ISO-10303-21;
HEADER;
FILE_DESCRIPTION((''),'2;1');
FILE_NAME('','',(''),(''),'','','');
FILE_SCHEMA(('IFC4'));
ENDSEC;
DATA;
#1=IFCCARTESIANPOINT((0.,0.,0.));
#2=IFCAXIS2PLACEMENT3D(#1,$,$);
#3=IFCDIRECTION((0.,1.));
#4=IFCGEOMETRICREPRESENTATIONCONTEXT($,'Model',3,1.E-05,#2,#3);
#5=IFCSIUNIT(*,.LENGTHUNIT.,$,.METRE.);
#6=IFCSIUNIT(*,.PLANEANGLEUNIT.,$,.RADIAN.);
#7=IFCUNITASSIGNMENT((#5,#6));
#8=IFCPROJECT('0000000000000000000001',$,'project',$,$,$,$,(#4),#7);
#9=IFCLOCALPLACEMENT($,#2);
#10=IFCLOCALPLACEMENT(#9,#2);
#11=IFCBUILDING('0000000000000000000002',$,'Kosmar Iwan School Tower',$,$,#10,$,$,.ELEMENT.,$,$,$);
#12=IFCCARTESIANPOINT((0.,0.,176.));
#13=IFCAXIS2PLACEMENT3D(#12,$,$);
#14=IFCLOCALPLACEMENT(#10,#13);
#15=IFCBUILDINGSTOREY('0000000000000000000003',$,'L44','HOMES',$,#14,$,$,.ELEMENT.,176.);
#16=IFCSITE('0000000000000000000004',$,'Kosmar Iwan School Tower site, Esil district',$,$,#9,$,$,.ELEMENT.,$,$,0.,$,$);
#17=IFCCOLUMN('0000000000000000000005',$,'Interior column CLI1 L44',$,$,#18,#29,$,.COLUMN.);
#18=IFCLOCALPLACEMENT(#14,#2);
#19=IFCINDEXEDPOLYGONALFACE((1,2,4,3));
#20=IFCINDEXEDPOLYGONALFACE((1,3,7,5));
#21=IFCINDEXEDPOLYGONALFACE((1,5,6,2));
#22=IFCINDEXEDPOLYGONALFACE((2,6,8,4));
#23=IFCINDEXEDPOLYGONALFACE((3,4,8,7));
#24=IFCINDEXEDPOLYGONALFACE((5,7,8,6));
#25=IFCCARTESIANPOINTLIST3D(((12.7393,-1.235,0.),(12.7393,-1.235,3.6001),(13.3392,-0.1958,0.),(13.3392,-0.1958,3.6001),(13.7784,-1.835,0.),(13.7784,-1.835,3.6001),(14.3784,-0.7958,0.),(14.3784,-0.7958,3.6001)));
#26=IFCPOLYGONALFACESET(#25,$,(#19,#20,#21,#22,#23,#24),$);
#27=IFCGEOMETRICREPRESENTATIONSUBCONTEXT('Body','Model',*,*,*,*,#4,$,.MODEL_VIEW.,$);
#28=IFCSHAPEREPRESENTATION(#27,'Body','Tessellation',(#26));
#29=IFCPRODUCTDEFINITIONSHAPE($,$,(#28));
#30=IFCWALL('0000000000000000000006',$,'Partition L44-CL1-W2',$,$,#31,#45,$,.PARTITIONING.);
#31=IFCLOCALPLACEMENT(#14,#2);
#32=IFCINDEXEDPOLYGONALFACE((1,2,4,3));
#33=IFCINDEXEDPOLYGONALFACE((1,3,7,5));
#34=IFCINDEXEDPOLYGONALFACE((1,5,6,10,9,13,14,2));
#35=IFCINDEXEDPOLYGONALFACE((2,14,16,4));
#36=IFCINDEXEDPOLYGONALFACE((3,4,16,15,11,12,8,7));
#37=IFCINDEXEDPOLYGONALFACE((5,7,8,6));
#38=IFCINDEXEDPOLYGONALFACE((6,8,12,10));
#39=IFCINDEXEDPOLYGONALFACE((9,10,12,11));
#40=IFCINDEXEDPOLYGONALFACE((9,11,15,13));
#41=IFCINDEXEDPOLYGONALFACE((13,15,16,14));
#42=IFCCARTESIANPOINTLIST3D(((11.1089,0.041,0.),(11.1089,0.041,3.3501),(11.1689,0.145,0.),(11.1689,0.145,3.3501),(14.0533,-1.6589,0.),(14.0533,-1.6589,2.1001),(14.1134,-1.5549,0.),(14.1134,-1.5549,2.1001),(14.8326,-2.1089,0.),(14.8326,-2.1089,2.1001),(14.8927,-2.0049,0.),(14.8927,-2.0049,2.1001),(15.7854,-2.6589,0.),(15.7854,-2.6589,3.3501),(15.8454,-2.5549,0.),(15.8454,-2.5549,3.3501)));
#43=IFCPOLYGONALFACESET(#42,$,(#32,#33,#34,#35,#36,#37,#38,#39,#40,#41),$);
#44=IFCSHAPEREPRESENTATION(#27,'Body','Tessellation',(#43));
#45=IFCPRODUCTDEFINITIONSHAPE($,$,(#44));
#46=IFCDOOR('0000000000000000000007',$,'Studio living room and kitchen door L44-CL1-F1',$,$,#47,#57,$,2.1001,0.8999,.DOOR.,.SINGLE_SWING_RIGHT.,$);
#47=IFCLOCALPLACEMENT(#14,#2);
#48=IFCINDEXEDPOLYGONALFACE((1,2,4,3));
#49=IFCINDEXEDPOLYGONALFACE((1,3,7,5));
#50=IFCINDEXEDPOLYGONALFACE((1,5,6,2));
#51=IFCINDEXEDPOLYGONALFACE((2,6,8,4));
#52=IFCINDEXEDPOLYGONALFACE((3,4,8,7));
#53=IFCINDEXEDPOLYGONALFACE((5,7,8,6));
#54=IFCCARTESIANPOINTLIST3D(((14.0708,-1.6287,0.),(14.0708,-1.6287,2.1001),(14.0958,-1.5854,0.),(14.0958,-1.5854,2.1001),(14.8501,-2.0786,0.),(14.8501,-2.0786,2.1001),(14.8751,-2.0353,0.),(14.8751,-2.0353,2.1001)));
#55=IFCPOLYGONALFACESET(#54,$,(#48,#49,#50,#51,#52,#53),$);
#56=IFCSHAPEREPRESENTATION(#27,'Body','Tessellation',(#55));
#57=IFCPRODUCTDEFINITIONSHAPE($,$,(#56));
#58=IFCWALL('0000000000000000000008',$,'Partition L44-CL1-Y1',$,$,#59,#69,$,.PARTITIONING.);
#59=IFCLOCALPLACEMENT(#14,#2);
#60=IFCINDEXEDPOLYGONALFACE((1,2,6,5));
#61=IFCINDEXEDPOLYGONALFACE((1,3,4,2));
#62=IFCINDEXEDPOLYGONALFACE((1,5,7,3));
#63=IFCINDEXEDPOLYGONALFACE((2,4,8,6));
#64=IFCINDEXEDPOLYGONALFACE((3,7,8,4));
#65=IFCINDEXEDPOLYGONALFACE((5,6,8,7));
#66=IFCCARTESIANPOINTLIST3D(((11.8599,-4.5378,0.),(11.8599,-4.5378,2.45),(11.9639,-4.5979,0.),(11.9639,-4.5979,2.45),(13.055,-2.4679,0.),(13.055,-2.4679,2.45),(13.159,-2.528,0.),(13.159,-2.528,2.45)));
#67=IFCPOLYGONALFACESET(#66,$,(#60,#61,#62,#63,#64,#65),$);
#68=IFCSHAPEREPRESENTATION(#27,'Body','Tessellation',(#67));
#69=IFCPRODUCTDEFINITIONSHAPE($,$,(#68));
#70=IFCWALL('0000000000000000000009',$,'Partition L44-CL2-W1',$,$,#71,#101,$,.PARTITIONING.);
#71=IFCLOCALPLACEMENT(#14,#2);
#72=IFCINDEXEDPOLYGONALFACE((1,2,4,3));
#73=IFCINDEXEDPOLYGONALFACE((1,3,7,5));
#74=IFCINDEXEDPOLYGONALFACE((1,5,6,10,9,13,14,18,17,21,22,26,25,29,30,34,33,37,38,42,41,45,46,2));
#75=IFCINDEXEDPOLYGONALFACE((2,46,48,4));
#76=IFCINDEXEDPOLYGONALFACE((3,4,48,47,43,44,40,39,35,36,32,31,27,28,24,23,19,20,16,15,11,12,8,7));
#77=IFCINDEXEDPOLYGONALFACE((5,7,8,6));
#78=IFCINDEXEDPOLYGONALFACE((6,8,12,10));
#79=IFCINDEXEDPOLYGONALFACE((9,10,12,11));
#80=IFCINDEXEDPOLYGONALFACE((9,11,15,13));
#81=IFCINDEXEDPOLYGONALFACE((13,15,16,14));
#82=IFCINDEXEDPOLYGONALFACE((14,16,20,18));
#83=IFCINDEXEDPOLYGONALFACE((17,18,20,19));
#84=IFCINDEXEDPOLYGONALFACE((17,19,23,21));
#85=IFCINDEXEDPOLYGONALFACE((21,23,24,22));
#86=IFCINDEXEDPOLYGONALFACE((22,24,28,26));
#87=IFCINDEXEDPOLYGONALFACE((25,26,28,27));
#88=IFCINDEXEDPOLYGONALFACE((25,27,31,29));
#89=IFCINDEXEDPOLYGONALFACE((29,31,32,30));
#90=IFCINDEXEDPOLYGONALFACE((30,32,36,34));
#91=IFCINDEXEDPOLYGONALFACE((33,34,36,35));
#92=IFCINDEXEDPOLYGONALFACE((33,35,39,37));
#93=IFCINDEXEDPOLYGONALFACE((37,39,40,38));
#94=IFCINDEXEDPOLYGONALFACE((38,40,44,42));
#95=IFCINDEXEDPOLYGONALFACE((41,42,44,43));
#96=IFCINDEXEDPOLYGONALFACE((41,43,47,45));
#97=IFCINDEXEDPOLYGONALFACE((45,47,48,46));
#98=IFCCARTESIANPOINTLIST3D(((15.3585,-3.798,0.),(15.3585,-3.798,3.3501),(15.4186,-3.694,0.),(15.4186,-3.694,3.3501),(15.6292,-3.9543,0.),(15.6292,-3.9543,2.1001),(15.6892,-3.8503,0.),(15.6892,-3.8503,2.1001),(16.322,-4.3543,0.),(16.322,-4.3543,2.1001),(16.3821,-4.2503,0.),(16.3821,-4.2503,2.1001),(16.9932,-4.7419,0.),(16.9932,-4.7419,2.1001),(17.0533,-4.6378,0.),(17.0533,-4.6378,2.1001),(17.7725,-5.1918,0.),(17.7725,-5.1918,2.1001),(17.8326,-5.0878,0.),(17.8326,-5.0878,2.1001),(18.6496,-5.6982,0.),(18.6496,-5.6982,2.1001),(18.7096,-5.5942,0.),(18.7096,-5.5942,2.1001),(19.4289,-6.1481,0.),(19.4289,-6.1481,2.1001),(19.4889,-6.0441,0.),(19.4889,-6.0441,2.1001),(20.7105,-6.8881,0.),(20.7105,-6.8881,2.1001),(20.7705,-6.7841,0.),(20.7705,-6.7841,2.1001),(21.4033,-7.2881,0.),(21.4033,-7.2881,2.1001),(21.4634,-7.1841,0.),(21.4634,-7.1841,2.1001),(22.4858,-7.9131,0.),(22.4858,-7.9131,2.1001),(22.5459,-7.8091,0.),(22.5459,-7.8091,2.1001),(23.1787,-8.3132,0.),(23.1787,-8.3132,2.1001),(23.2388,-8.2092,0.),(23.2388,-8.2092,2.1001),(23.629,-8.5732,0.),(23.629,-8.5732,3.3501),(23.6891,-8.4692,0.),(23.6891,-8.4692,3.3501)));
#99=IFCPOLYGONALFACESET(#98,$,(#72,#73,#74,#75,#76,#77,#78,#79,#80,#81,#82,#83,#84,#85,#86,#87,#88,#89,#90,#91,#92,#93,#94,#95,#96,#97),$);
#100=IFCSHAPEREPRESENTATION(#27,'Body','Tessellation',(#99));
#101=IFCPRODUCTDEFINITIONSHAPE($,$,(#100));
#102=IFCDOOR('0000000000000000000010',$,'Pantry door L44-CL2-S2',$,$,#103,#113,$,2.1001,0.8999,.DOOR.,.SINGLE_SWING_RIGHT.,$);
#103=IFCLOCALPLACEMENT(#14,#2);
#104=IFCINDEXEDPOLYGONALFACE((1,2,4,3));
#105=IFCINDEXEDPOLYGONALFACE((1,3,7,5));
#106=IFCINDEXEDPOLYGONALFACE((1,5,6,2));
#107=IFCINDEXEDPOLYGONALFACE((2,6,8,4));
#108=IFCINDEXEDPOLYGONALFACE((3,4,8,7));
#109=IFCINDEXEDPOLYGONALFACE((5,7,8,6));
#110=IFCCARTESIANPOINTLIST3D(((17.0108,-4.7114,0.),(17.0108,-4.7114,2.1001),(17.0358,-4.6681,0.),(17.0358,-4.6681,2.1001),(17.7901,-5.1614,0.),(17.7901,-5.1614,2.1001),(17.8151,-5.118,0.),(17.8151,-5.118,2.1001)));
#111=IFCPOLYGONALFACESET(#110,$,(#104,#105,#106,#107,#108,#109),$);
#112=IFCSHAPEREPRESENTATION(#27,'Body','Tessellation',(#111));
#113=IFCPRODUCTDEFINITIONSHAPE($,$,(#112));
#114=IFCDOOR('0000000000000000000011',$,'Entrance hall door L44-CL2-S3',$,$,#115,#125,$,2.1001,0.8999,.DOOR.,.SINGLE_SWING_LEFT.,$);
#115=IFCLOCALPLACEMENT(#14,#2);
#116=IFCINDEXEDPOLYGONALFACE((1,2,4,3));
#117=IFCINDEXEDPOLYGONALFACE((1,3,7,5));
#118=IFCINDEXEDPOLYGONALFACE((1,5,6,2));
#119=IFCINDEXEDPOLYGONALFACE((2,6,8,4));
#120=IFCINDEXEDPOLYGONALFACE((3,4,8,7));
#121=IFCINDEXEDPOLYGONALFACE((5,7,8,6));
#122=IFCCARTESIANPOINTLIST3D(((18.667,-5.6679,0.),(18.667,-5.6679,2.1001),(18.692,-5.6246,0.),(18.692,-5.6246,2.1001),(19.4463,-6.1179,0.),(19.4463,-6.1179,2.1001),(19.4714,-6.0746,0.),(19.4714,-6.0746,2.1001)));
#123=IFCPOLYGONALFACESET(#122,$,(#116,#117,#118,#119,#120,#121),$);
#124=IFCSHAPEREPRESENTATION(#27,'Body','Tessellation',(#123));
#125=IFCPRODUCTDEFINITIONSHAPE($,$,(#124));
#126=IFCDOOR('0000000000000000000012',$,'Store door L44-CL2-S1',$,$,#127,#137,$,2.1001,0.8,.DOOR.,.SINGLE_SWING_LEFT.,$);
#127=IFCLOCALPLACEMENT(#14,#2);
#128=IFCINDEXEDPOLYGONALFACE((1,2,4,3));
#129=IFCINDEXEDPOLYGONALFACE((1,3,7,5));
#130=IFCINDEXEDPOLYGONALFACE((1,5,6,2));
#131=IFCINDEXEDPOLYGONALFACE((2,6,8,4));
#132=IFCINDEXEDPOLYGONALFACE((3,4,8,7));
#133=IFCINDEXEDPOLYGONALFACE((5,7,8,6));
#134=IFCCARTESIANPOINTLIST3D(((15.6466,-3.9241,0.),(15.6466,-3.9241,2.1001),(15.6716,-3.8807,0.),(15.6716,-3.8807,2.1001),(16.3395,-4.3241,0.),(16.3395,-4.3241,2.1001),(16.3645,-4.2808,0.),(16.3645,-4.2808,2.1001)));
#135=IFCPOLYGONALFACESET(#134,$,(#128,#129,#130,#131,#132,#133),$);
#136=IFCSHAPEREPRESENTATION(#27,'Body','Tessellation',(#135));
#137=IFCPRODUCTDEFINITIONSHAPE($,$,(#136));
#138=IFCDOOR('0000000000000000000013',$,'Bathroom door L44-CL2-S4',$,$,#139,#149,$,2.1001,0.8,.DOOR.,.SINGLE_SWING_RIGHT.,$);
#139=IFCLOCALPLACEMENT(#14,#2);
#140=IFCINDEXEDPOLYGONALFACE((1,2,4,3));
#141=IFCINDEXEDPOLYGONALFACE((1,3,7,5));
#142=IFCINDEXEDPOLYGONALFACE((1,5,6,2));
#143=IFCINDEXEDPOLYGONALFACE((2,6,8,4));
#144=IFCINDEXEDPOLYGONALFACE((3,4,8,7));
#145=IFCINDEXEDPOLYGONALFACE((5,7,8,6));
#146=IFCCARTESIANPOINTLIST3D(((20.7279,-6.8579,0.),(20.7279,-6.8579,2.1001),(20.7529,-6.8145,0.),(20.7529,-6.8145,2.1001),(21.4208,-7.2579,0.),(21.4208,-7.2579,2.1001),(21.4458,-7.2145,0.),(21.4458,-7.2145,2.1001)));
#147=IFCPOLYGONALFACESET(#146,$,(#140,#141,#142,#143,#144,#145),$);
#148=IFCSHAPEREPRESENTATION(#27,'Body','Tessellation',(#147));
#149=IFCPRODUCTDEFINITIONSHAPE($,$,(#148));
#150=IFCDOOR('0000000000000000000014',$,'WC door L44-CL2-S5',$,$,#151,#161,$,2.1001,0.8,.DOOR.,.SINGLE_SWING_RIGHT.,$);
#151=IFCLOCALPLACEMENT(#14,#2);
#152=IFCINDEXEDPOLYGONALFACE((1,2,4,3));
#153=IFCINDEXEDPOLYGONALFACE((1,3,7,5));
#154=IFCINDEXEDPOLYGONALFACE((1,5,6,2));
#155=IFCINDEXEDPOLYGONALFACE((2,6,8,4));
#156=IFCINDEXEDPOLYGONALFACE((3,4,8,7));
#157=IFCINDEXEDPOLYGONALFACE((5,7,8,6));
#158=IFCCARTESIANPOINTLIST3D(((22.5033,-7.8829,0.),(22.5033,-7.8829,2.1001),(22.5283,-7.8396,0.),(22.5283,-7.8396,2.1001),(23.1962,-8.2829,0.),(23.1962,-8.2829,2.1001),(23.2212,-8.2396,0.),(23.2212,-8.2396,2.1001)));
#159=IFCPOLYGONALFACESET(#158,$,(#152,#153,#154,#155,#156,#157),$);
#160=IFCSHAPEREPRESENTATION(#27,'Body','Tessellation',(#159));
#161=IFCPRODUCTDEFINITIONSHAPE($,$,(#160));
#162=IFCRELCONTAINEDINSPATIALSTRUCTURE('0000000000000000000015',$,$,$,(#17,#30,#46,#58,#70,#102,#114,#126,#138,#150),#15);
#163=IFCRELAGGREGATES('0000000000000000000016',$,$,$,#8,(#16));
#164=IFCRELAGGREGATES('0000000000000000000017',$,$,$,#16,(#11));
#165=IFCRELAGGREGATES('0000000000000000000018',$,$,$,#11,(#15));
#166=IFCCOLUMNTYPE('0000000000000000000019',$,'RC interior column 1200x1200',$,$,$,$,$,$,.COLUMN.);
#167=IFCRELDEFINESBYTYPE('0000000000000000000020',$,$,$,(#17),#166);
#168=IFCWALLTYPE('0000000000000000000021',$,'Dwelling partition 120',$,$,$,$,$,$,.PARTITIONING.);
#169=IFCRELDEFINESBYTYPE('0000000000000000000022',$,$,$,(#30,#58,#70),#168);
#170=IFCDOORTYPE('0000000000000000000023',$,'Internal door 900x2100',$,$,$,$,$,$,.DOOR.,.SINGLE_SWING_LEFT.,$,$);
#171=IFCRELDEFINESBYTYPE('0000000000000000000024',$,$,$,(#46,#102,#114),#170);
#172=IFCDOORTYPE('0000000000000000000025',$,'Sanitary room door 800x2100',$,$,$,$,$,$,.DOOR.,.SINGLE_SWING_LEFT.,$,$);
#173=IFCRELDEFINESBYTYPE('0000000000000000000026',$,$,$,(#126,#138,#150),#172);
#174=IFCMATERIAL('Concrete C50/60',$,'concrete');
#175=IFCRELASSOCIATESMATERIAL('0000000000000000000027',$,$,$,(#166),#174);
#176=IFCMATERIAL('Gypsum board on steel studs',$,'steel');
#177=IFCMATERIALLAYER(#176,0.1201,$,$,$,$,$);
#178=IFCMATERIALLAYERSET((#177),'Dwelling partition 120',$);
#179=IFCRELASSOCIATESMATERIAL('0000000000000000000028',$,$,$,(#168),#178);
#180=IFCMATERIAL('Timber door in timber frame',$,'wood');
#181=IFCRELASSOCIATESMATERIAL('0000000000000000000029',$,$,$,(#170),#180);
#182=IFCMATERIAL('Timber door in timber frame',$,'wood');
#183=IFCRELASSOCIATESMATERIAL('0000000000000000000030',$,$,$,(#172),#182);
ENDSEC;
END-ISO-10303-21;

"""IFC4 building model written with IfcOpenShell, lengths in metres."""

from ifc_helpers import new_model, si_unit, direction, frame, frame_2d, origin, origin_2d, place, context, subcontext, project, spatial, rectangle, extrude, material, layer, layer_set, material_profile, profile_set, type_object, element, fill, save


model = new_model("IFC4")

# Units and contexts
model_context = context("Model", 3, precision=1e-05, world=origin(), true_north=direction((0.0, 1.0)))
body_context = subcontext(model_context, "Body", "Model", "MODEL_VIEW")
ifc_project = project(units=[si_unit("LENGTHUNIT", "METRE"), si_unit("PLANEANGLEUNIT", "RADIAN")], contexts=[model_context])

# Site, building, storey
site_placement = place(None, origin())
site = spatial("IfcSite", under=ifc_project, at=site_placement, Name="Kosmar Iwan School Tower site, Esil district", CompositionType="ELEMENT", RefElevation=0.0)
building_placement = place(site_placement, origin())
building = spatial("IfcBuilding", under=site, at=building_placement, Name="Kosmar Iwan School Tower", CompositionType="ELEMENT")
storey_placement = place(building_placement, frame((0.0, 0.0, 176.0)))
storey = spatial("IfcBuildingStorey", under=building, at=storey_placement, Name="L44", Description="HOMES", CompositionType="ELEMENT", Elevation=176.0)

# Column
ifc_material_1 = material(Name="Concrete C50/60", Category="concrete")
ifc_material_profile = material_profile(ifc_material_1, rectangle(XDim=1.2, YDim=1.2, at=origin_2d()), Name="RC 1200x1200")
ifc_profile_set = profile_set([ifc_material_profile], Name="Concrete C50/60")
column_type = type_object("IfcColumnType", Name="RC interior column 1200x1200", PredefinedType="COLUMN", material=ifc_profile_set)
column_placement = place(storey_placement, frame((13.5588, -1.0154, 0.0), z_axis=(0.0, 0.0, 1.0), x_axis=(0.866025, -0.5, 0.0)))
element("IfcColumn", 1, at=column_placement, inside=storey, type_object=column_type, Name="Interior column CLI1 L44", PredefinedType="COLUMN", context=body_context, shape_type="SweptSolid", body=[
    extrude(rectangle(XDim=1.2, YDim=1.2, at=origin_2d()), origin(), (0.0, 0.0, 1.0), 3.6001),
])

# Wall, opening, door
ifc_material_2 = material(Name="Gypsum board on steel studs", Category="steel")
ifc_layer_1 = layer(ifc_material_2, 0.1201)
ifc_layer_set_1 = layer_set([ifc_layer_1], Name="Dwelling partition 120")
wall_type_1 = type_object("IfcWallType", Name="Dwelling partition 120", PredefinedType="PARTITIONING", material=ifc_layer_set_1)
wall_1_placement = place(storey_placement, frame((11.1389, 0.093, 0.0), z_axis=(0.0, 0.0, 1.0), x_axis=(0.866028, -0.499995, 0.0)))
wall_1 = element("IfcWall", 2, at=wall_1_placement, inside=storey, type_object=wall_type_1, Name="Partition L44-CL1-W2", PredefinedType="PARTITIONING", context=body_context, shape_type="SweptSolid", body=[
    extrude(rectangle(XDim=5.3999, YDim=0.1201, at=frame_2d((2.7, 0.0))), origin(), (0.0, 0.0, 1.0), 3.3501),
])
opening_1_placement = place(wall_1_placement, frame((3.3999, 0.0, 0.0)))
opening_1 = element("IfcOpeningElement", 3, at=opening_1_placement, cuts=wall_1, PredefinedType="OPENING", context=body_context, shape_type="SweptSolid", body=[
    extrude(rectangle(XDim=0.8999, YDim=2.1001, at=frame_2d((0.45, 1.05))), frame((0.0, 0.072, 0.0), z_axis=(0.0, -1.0, 0.0), x_axis=(1.0, 0.0, 0.0)), (0.0, 0.0, 1.0), 0.144),
])
ifc_material_3 = material(Name="Timber door in timber frame", Category="wood")
door_type_1 = type_object("IfcDoorType", Name="Internal door 900x2100", OperationType="SINGLE_SWING_LEFT", PredefinedType="DOOR", material=ifc_material_3)
door_1_placement = place(opening_1_placement, origin())
door_1 = element("IfcDoor", 4, at=door_1_placement, inside=storey, type_object=door_type_1, Name="Studio living room and kitchen door L44-CL1-F1", OperationType="SINGLE_SWING_RIGHT", OverallHeight=2.1001, OverallWidth=0.8999, PredefinedType="DOOR", context=body_context, shape_type="SweptSolid", body=[
    extrude(rectangle(XDim=0.8999, YDim=2.1001, at=frame_2d((0.45, 1.05))), frame((0.0, 0.0249, 0.0), z_axis=(0.0, -1.0, 0.0), x_axis=(1.0, 0.0, 0.0)), (0.0, 0.0, 1.0), 0.05),
])
fill(opening_1, door_1)

# Wall
wall_2_placement = place(storey_placement, frame((11.9119, -4.5679, 0.0), z_axis=(0.0, 0.0, 1.0), x_axis=(0.500017, 0.866015, 0.0)))
element("IfcWall", 5, at=wall_2_placement, inside=storey, type_object=wall_type_1, Name="Partition L44-CL1-Y1", PredefinedType="PARTITIONING", context=body_context, shape_type="SweptSolid", body=[
    extrude(rectangle(XDim=2.3901, YDim=0.1201, at=frame_2d((1.1951, 0.0))), origin(), (0.0, 0.0, 1.0), 2.45),
])

# Wall, openings, doors
wall_3_placement = place(storey_placement, frame((15.3887, -3.7461, 0.0), z_axis=(0.0, 0.0, 1.0), x_axis=(0.866018, -0.500013, 0.0)))
wall_3 = element("IfcWall", 6, at=wall_3_placement, inside=storey, type_object=wall_type_1, Name="Partition L44-CL2-W1", PredefinedType="PARTITIONING", context=body_context, shape_type="SweptSolid", body=[
    extrude(rectangle(XDim=9.55, YDim=0.1201, at=frame_2d((4.7749, 0.0))), origin(), (0.0, 0.0, 1.0), 3.3501),
])
opening_2_placement = place(wall_3_placement, frame((0.3125, 0.0, 0.0)))
opening_2 = element("IfcOpeningElement", 7, at=opening_2_placement, cuts=wall_3, PredefinedType="OPENING", context=body_context, shape_type="SweptSolid", body=[
    extrude(rectangle(XDim=0.8, YDim=2.1001, at=frame_2d((0.3999, 1.05))), frame((0.0, 0.072, 0.0), z_axis=(0.0, -1.0, 0.0), x_axis=(1.0, 0.0, 0.0)), (0.0, 0.0, 1.0), 0.144),
])
opening_3_placement = place(wall_3_placement, frame((1.8875, 0.0, 0.0)))
opening_3 = element("IfcOpeningElement", 8, at=opening_3_placement, cuts=wall_3, PredefinedType="OPENING", context=body_context, shape_type="SweptSolid", body=[
    extrude(rectangle(XDim=0.8999, YDim=2.1001, at=frame_2d((0.45, 1.05))), frame((0.0, 0.072, 0.0), z_axis=(0.0, -1.0, 0.0), x_axis=(1.0, 0.0, 0.0)), (0.0, 0.0, 1.0), 0.144),
])
opening_4_placement = place(wall_3_placement, frame((3.8, 0.0, 0.0)))
opening_4 = element("IfcOpeningElement", 9, at=opening_4_placement, cuts=wall_3, PredefinedType="OPENING", context=body_context, shape_type="SweptSolid", body=[
    extrude(rectangle(XDim=0.8999, YDim=2.1001, at=frame_2d((0.45, 1.05))), frame((0.0, 0.072, 0.0), z_axis=(0.0, -1.0, 0.0), x_axis=(1.0, 0.0, 0.0)), (0.0, 0.0, 1.0), 0.144),
])
opening_5_placement = place(wall_3_placement, frame((6.1799, 0.0, 0.0)))
opening_5 = element("IfcOpeningElement", 10, at=opening_5_placement, cuts=wall_3, PredefinedType="OPENING", context=body_context, shape_type="SweptSolid", body=[
    extrude(rectangle(XDim=0.8, YDim=2.1001, at=frame_2d((0.3999, 1.05))), frame((0.0, 0.072, 0.0), z_axis=(0.0, -1.0, 0.0), x_axis=(1.0, 0.0, 0.0)), (0.0, 0.0, 1.0), 0.144),
])
opening_6_placement = place(wall_3_placement, frame((8.23, 0.0, 0.0)))
opening_6 = element("IfcOpeningElement", 11, at=opening_6_placement, cuts=wall_3, PredefinedType="OPENING", context=body_context, shape_type="SweptSolid", body=[
    extrude(rectangle(XDim=0.8, YDim=2.1001, at=frame_2d((0.3999, 1.05))), frame((0.0, 0.072, 0.0), z_axis=(0.0, -1.0, 0.0), x_axis=(1.0, 0.0, 0.0)), (0.0, 0.0, 1.0), 0.144),
])
door_2_placement = place(opening_3_placement, frame((0.8999, 0.0, 0.0), z_axis=(0.0, 0.0, 1.0), x_axis=(-1.0, 0.0, 0.0)))
door_2 = element("IfcDoor", 12, at=door_2_placement, inside=storey, type_object=door_type_1, Name="Pantry door L44-CL2-S2", OperationType="SINGLE_SWING_RIGHT", OverallHeight=2.1001, OverallWidth=0.8999, PredefinedType="DOOR", context=body_context, shape_type="SweptSolid", body=[
    extrude(rectangle(XDim=0.8999, YDim=2.1001, at=frame_2d((0.45, 1.05))), frame((0.0, 0.0249, 0.0), z_axis=(0.0, -1.0, 0.0), x_axis=(1.0, 0.0, 0.0)), (0.0, 0.0, 1.0), 0.05),
])
fill(opening_3, door_2)
door_3_placement = place(opening_4_placement, origin())
door_3 = element("IfcDoor", 13, at=door_3_placement, inside=storey, type_object=door_type_1, Name="Entrance hall door L44-CL2-S3", OperationType="SINGLE_SWING_LEFT", OverallHeight=2.1001, OverallWidth=0.8999, PredefinedType="DOOR", context=body_context, shape_type="SweptSolid", body=[
    extrude(rectangle(XDim=0.8999, YDim=2.1001, at=frame_2d((0.45, 1.05))), frame((0.0, 0.0249, 0.0), z_axis=(0.0, -1.0, 0.0), x_axis=(1.0, 0.0, 0.0)), (0.0, 0.0, 1.0), 0.05),
])
fill(opening_4, door_3)
ifc_material_4 = material(Name="Timber door in timber frame", Category="wood")
door_type_2 = type_object("IfcDoorType", Name="Sanitary room door 800x2100", OperationType="SINGLE_SWING_LEFT", PredefinedType="DOOR", material=ifc_material_4)
door_4_placement = place(opening_2_placement, origin())
door_4 = element("IfcDoor", 14, at=door_4_placement, inside=storey, type_object=door_type_2, Name="Store door L44-CL2-S1", OperationType="SINGLE_SWING_LEFT", OverallHeight=2.1001, OverallWidth=0.8, PredefinedType="DOOR", context=body_context, shape_type="SweptSolid", body=[
    extrude(rectangle(XDim=0.8, YDim=2.1001, at=frame_2d((0.3999, 1.05))), frame((0.0, 0.0249, 0.0), z_axis=(0.0, -1.0, 0.0), x_axis=(1.0, 0.0, 0.0)), (0.0, 0.0, 1.0), 0.05),
])
fill(opening_2, door_4)
door_5_placement = place(opening_5_placement, origin())
door_5 = element("IfcDoor", 15, at=door_5_placement, inside=storey, type_object=door_type_2, Name="Bathroom door L44-CL2-S4", OperationType="SINGLE_SWING_RIGHT", OverallHeight=2.1001, OverallWidth=0.8, PredefinedType="DOOR", context=body_context, shape_type="SweptSolid", body=[
    extrude(rectangle(XDim=0.8, YDim=2.1001, at=frame_2d((0.3999, 1.05))), frame((0.0, 0.0249, 0.0), z_axis=(0.0, -1.0, 0.0), x_axis=(1.0, 0.0, 0.0)), (0.0, 0.0, 1.0), 0.05),
])
fill(opening_5, door_5)
door_6_placement = place(opening_6_placement, origin())
door_6 = element("IfcDoor", 16, at=door_6_placement, inside=storey, type_object=door_type_2, Name="WC door L44-CL2-S5", OperationType="SINGLE_SWING_RIGHT", OverallHeight=2.1001, OverallWidth=0.8, PredefinedType="DOOR", context=body_context, shape_type="SweptSolid", body=[
    extrude(rectangle(XDim=0.8, YDim=2.1001, at=frame_2d((0.3999, 1.05))), frame((0.0, 0.0249, 0.0), z_axis=(0.0, -1.0, 0.0), x_axis=(1.0, 0.0, 0.0)), (0.0, 0.0, 1.0), 0.05),
])
fill(opening_6, door_6)

save(model, "model.ifc")
